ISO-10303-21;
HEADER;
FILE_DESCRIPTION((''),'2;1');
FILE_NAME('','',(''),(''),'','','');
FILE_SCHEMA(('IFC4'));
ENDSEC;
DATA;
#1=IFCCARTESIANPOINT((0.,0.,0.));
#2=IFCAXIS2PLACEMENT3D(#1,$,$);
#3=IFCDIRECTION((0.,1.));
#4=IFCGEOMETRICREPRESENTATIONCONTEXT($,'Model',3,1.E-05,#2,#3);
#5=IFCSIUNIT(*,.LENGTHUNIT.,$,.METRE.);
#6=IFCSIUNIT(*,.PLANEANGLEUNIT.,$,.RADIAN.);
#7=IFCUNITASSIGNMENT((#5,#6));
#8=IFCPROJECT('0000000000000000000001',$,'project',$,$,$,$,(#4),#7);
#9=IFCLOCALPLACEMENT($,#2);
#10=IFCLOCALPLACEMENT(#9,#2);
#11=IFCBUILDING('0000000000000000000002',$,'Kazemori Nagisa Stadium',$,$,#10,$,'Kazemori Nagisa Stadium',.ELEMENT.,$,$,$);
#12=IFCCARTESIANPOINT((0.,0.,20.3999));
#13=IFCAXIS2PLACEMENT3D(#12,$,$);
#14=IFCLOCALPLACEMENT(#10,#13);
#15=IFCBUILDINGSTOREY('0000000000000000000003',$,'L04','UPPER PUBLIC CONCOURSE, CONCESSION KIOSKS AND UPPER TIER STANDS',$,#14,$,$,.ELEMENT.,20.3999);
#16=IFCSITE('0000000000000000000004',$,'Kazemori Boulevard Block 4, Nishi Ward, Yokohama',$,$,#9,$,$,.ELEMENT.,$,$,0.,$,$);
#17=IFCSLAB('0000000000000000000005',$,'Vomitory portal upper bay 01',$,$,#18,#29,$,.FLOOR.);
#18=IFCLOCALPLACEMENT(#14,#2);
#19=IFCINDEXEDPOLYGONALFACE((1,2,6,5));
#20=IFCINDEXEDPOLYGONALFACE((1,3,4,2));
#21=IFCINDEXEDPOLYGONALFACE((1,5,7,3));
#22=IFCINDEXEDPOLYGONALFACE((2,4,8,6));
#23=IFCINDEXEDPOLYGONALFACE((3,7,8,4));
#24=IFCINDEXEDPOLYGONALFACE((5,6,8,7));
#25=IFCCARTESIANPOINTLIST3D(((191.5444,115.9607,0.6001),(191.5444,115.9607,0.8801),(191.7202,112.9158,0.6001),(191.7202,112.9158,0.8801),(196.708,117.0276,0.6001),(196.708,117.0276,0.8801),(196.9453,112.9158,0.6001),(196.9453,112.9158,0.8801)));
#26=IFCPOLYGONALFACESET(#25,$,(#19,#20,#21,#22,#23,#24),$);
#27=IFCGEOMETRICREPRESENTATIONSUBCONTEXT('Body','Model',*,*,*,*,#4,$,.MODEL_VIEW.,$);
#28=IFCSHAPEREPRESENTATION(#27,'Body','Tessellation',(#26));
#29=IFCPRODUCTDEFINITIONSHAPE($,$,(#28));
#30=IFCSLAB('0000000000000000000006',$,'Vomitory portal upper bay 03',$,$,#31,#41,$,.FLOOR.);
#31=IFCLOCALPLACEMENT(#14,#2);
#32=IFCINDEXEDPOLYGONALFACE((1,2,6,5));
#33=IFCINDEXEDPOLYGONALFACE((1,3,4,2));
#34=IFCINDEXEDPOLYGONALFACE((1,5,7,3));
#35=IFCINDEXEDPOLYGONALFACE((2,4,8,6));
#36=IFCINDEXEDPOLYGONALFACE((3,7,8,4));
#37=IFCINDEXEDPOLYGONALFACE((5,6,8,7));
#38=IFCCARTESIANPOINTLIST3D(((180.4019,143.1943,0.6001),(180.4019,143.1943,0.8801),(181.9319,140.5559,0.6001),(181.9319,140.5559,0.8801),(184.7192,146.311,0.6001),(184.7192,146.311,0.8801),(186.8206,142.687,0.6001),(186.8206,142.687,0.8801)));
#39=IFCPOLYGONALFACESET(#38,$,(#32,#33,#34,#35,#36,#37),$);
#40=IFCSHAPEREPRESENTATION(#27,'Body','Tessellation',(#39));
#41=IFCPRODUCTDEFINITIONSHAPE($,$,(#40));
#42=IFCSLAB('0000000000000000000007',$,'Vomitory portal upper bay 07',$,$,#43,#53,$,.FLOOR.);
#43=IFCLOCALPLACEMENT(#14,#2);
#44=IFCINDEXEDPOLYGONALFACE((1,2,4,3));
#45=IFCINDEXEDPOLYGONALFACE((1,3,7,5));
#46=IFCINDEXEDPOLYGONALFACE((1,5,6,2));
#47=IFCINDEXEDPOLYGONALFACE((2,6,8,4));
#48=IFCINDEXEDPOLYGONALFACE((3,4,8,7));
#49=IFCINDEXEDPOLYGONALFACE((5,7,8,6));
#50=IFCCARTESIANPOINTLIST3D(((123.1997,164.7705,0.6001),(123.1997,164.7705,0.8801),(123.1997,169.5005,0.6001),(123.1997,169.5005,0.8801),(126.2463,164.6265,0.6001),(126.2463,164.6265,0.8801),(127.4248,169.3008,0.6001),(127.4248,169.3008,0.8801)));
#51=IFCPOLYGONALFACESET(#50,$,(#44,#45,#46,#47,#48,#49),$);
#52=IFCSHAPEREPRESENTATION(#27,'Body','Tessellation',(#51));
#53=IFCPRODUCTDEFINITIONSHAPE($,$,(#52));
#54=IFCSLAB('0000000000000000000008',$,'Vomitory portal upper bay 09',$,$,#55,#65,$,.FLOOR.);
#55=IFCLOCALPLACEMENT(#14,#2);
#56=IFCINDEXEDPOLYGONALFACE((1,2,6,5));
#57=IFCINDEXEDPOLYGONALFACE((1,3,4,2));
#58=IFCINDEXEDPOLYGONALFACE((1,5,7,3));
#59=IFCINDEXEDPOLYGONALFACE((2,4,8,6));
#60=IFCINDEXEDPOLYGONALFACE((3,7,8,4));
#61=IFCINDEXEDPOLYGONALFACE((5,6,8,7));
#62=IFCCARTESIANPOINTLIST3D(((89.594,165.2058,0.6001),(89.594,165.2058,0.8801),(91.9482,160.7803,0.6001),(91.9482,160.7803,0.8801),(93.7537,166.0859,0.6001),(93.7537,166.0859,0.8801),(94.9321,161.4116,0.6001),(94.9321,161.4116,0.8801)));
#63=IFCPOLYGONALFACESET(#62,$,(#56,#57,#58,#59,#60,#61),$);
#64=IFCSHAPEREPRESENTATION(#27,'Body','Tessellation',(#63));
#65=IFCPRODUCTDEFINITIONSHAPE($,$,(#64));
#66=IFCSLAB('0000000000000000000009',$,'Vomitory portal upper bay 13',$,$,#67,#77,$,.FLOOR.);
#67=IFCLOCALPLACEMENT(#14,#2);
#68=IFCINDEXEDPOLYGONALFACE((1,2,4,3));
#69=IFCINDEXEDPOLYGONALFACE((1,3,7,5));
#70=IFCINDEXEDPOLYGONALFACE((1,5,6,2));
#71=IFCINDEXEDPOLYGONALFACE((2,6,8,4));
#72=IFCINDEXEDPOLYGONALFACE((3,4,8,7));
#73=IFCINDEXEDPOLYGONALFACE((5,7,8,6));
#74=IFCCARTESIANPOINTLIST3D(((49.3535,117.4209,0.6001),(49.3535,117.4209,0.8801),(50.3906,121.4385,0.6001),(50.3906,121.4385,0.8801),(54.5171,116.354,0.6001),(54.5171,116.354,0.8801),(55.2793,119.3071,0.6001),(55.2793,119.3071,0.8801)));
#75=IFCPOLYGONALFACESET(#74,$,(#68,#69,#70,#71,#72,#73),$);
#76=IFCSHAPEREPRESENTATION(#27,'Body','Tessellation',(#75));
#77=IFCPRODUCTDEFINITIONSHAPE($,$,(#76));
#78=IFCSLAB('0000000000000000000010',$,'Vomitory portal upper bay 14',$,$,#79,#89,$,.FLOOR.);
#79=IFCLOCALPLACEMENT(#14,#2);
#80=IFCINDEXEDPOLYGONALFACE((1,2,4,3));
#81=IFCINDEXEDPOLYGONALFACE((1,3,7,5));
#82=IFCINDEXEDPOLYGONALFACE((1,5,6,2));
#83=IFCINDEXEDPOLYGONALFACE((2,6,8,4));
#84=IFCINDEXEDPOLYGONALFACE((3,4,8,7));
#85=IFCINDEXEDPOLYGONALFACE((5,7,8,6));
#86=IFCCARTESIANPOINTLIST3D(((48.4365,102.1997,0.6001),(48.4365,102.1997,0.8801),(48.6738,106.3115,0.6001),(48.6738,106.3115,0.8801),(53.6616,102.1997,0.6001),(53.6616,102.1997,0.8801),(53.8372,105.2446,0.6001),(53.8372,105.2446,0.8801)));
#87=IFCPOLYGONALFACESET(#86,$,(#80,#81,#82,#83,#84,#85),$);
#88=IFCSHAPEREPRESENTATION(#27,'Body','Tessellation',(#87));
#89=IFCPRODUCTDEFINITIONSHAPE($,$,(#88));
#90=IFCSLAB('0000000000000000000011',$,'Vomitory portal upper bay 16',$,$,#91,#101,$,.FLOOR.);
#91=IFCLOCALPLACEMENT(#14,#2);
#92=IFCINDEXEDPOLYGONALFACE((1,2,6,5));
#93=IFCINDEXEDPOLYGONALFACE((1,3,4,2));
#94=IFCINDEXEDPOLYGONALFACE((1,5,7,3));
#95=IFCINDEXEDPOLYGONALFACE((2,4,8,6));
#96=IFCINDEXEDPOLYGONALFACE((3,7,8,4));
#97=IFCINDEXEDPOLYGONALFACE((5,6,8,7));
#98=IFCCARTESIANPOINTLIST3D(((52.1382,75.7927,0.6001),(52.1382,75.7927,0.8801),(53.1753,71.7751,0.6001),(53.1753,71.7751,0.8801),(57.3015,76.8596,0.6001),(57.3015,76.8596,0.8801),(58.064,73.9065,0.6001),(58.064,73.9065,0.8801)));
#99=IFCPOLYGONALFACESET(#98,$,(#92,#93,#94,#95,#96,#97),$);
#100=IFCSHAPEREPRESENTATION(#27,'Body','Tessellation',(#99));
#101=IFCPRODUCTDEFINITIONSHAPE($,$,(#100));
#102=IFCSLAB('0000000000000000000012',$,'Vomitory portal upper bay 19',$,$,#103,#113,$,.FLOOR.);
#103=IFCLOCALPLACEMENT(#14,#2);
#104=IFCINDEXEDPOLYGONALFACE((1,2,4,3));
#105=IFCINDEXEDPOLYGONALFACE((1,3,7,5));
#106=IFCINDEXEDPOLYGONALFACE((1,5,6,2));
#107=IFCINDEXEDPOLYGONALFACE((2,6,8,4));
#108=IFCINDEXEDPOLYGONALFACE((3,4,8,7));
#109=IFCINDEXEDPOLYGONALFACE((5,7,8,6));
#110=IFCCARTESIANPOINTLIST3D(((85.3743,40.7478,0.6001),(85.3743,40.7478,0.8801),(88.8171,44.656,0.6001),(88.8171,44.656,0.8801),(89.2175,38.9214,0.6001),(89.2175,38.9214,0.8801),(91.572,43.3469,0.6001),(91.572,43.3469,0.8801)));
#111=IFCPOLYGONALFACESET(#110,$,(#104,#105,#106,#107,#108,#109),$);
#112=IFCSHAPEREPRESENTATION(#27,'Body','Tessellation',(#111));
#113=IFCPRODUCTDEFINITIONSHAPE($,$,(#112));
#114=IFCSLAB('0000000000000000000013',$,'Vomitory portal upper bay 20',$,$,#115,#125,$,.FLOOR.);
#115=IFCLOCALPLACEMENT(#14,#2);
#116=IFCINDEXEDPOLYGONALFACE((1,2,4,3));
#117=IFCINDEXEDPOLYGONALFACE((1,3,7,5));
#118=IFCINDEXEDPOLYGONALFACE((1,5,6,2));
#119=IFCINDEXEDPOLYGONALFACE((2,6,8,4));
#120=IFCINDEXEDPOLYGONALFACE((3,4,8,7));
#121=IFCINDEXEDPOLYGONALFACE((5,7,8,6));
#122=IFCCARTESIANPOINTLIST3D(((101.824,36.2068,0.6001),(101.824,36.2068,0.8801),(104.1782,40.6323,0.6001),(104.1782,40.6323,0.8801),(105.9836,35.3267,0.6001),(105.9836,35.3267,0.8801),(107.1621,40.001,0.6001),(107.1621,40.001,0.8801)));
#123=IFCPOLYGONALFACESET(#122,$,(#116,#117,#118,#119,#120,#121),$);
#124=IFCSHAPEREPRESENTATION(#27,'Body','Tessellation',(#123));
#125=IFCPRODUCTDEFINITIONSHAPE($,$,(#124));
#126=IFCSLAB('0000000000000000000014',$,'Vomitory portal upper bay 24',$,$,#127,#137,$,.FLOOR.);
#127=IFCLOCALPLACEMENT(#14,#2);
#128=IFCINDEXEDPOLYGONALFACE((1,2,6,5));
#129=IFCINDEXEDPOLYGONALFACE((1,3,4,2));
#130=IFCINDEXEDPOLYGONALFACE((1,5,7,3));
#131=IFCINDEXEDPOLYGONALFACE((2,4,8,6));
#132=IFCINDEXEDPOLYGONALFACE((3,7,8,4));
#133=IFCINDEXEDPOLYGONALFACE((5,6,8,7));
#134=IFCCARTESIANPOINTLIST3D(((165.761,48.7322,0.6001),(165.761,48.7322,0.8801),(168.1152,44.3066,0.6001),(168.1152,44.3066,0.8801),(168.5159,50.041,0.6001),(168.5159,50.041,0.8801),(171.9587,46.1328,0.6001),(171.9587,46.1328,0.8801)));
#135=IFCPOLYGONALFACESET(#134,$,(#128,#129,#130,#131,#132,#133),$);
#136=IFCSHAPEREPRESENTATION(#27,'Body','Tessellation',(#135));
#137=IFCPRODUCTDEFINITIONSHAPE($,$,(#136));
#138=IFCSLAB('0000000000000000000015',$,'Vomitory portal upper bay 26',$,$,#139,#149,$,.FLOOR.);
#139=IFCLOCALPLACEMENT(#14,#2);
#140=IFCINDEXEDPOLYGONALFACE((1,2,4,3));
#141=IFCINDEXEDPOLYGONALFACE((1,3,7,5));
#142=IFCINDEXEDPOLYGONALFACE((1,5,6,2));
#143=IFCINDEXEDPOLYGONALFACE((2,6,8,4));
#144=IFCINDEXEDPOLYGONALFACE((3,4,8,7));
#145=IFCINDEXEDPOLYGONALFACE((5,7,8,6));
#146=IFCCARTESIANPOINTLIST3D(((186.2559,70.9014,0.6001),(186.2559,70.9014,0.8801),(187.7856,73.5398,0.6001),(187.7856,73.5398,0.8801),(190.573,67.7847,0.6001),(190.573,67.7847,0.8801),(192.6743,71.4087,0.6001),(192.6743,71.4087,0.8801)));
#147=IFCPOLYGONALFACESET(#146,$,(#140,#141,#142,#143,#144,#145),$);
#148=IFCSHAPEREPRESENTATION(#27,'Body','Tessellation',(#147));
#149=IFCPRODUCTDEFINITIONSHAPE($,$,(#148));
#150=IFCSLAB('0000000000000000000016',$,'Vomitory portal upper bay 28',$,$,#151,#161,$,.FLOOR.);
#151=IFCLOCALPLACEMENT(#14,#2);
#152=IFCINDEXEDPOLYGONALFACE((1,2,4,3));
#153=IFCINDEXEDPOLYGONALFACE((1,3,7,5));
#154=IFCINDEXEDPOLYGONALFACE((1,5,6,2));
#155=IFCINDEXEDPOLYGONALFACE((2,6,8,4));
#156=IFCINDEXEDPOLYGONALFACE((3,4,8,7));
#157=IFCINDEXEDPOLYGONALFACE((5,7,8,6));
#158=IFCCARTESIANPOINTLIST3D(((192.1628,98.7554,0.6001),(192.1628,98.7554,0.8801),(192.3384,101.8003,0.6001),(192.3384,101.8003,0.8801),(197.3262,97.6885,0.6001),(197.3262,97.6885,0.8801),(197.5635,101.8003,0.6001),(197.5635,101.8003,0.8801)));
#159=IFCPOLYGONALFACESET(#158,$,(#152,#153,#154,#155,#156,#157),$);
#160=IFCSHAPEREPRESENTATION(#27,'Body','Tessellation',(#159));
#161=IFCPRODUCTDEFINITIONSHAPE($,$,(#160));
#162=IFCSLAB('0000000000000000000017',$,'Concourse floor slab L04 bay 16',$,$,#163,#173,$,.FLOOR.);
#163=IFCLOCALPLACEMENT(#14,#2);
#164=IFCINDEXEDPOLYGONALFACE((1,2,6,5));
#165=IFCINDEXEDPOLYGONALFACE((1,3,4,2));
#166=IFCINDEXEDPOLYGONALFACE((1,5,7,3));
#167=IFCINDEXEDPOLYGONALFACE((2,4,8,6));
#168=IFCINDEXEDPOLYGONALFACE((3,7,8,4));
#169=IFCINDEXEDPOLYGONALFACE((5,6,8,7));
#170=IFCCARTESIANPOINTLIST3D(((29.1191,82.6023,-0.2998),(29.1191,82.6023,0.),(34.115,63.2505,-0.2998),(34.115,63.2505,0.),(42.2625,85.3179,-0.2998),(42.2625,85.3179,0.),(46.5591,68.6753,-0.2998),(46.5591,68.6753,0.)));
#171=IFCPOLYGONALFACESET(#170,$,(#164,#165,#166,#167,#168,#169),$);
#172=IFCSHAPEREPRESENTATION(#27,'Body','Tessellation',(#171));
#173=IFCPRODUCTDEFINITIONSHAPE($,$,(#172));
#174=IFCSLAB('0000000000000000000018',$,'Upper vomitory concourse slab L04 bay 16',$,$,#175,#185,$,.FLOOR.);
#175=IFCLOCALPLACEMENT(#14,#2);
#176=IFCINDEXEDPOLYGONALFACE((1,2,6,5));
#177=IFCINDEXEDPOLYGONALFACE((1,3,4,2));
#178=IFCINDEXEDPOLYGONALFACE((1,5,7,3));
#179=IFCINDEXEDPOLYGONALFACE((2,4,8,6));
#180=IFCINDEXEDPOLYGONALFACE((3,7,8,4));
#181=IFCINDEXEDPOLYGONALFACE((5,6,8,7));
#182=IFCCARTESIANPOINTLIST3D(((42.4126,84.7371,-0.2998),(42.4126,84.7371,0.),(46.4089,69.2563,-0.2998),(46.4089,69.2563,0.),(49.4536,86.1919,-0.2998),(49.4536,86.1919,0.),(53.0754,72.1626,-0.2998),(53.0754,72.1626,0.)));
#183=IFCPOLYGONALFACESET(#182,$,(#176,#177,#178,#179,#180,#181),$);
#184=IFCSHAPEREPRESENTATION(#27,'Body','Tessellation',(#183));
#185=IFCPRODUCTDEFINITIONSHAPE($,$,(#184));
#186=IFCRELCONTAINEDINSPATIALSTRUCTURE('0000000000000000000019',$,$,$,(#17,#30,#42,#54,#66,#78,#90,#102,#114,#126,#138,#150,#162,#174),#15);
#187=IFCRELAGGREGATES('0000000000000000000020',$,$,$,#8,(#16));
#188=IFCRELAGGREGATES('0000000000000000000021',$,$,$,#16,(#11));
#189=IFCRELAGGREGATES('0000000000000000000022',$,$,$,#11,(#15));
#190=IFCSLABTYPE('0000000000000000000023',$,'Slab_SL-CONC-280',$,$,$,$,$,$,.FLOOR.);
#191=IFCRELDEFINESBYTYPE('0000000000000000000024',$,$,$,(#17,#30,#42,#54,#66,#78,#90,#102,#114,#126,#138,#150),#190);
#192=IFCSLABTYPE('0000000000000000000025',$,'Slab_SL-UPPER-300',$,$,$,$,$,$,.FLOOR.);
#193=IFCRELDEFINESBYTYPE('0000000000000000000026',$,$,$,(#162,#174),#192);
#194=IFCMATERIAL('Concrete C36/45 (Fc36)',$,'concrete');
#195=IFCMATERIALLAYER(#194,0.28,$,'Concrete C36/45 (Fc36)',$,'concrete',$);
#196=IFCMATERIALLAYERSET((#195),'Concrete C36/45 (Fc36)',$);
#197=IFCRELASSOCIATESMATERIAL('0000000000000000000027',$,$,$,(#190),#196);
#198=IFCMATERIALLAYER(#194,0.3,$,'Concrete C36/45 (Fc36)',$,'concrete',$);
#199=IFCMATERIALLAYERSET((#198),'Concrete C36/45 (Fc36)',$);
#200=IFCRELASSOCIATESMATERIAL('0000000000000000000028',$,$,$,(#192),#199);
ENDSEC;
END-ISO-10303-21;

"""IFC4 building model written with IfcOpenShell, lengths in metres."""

from ifc_helpers import new_model, si_unit, direction, frame, origin, place, context, subcontext, project, spatial, polyline, outline, extrude, material, layer, layer_set, type_object, element, save


model = new_model("IFC4")

# Units and contexts
model_context = context("Model", 3, precision=1e-05, world=origin(), true_north=direction((0.0, 1.0)))
body_context = subcontext(model_context, "Body", "Model", "MODEL_VIEW")
ifc_project = project(units=[si_unit("LENGTHUNIT", "METRE"), si_unit("PLANEANGLEUNIT", "RADIAN")], contexts=[model_context])

# Site, building, storey
site_placement = place(None, origin())
site = spatial("IfcSite", under=ifc_project, at=site_placement, Name="Kazemori Boulevard Block 4, Nishi Ward, Yokohama", CompositionType="ELEMENT", RefElevation=0.0)
building_placement = place(site_placement, origin())
building = spatial("IfcBuilding", under=site, at=building_placement, Name="Kazemori Nagisa Stadium", LongName="Kazemori Nagisa Stadium", CompositionType="ELEMENT")
storey_placement = place(building_placement, frame((0.0, 0.0, 20.3999)))
storey = spatial("IfcBuildingStorey", under=building, at=storey_placement, Name="L04", Description="UPPER PUBLIC CONCOURSE, CONCESSION KIOSKS AND UPPER TIER STANDS", CompositionType="ELEMENT", Elevation=20.3999)

# Slabs
ifc_material = material(Name="Concrete C36/45 (Fc36)", Category="concrete")
ifc_layer_1 = layer(ifc_material, 0.28, Name="Concrete C36/45 (Fc36)", Category="concrete")
ifc_layer_set_1 = layer_set([ifc_layer_1], Name="Concrete C36/45 (Fc36)")
slab_type_1 = type_object("IfcSlabType", Name="Slab_SL-CONC-280", PredefinedType="FLOOR", material=ifc_layer_set_1)
slab_1_placement = place(storey_placement, frame((0.0, 0.0, 0.6001)))
element("IfcSlab", 1, at=slab_1_placement, inside=storey, type_object=slab_type_1, Name="Vomitory portal upper bay 01", PredefinedType="FLOOR", context=body_context, shape_type="SweptSolid", body=[
    extrude(outline(polyline([(191.7202, 112.9158), (191.5444, 115.9607), (196.708, 117.0276), (196.9453, 112.9158), (191.7202, 112.9158)])), origin(), (0.0, 0.0, 1.0), 0.28),
])
slab_2_placement = place(storey_placement, frame((0.0, 0.0, 0.6001)))
element("IfcSlab", 2, at=slab_2_placement, inside=storey, type_object=slab_type_1, Name="Vomitory portal upper bay 03", PredefinedType="FLOOR", context=body_context, shape_type="SweptSolid", body=[
    extrude(outline(polyline([(181.9319, 140.5559), (180.4019, 143.1943), (184.7192, 146.311), (186.8206, 142.687), (181.9319, 140.5559)])), origin(), (0.0, 0.0, 1.0), 0.28),
])
slab_3_placement = place(storey_placement, frame((0.0, 0.0, 0.6001)))
element("IfcSlab", 3, at=slab_3_placement, inside=storey, type_object=slab_type_1, Name="Vomitory portal upper bay 07", PredefinedType="FLOOR", context=body_context, shape_type="SweptSolid", body=[
    extrude(outline(polyline([(126.2463, 164.6265), (123.1997, 164.7705), (123.1997, 169.5005), (127.4248, 169.3008), (126.2463, 164.6265)])), origin(), (0.0, 0.0, 1.0), 0.28),
])
slab_4_placement = place(storey_placement, frame((0.0, 0.0, 0.6001)))
element("IfcSlab", 4, at=slab_4_placement, inside=storey, type_object=slab_type_1, Name="Vomitory portal upper bay 09", PredefinedType="FLOOR", context=body_context, shape_type="SweptSolid", body=[
    extrude(outline(polyline([(94.9321, 161.4116), (91.9482, 160.7803), (89.594, 165.2058), (93.7537, 166.0859), (94.9321, 161.4116)])), origin(), (0.0, 0.0, 1.0), 0.28),
])
slab_5_placement = place(storey_placement, frame((0.0, 0.0, 0.6001)))
element("IfcSlab", 5, at=slab_5_placement, inside=storey, type_object=slab_type_1, Name="Vomitory portal upper bay 13", PredefinedType="FLOOR", context=body_context, shape_type="SweptSolid", body=[
    extrude(outline(polyline([(55.2793, 119.3071), (54.5171, 116.354), (49.3535, 117.4209), (50.3906, 121.4385), (55.2793, 119.3071)])), origin(), (0.0, 0.0, 1.0), 0.28),
])
slab_6_placement = place(storey_placement, frame((0.0, 0.0, 0.6001)))
element("IfcSlab", 6, at=slab_6_placement, inside=storey, type_object=slab_type_1, Name="Vomitory portal upper bay 14", PredefinedType="FLOOR", context=body_context, shape_type="SweptSolid", body=[
    extrude(outline(polyline([(53.8372, 105.2446), (53.6616, 102.1997), (48.4365, 102.1997), (48.6738, 106.3115), (53.8372, 105.2446)])), origin(), (0.0, 0.0, 1.0), 0.28),
])
slab_7_placement = place(storey_placement, frame((0.0, 0.0, 0.6001)))
element("IfcSlab", 7, at=slab_7_placement, inside=storey, type_object=slab_type_1, Name="Vomitory portal upper bay 16", PredefinedType="FLOOR", context=body_context, shape_type="SweptSolid", body=[
    extrude(outline(polyline([(57.3015, 76.8596), (58.064, 73.9065), (53.1753, 71.7751), (52.1382, 75.7927), (57.3015, 76.8596)])), origin(), (0.0, 0.0, 1.0), 0.28),
])
slab_8_placement = place(storey_placement, frame((0.0, 0.0, 0.6001)))
element("IfcSlab", 8, at=slab_8_placement, inside=storey, type_object=slab_type_1, Name="Vomitory portal upper bay 19", PredefinedType="FLOOR", context=body_context, shape_type="SweptSolid", body=[
    extrude(outline(polyline([(88.8171, 44.656), (91.572, 43.3469), (89.2175, 38.9214), (85.3743, 40.7478), (88.8171, 44.656)])), origin(), (0.0, 0.0, 1.0), 0.28),
])
slab_9_placement = place(storey_placement, frame((0.0, 0.0, 0.6001)))
element("IfcSlab", 9, at=slab_9_placement, inside=storey, type_object=slab_type_1, Name="Vomitory portal upper bay 20", PredefinedType="FLOOR", context=body_context, shape_type="SweptSolid", body=[
    extrude(outline(polyline([(104.1782, 40.6323), (107.1621, 40.001), (105.9836, 35.3267), (101.824, 36.2068), (104.1782, 40.6323)])), origin(), (0.0, 0.0, 1.0), 0.28),
])
slab_10_placement = place(storey_placement, frame((0.0, 0.0, 0.6001)))
element("IfcSlab", 10, at=slab_10_placement, inside=storey, type_object=slab_type_1, Name="Vomitory portal upper bay 24", PredefinedType="FLOOR", context=body_context, shape_type="SweptSolid", body=[
    extrude(outline(polyline([(165.761, 48.7322), (168.5159, 50.041), (171.9587, 46.1328), (168.1152, 44.3066), (165.761, 48.7322)])), origin(), (0.0, 0.0, 1.0), 0.28),
])
slab_11_placement = place(storey_placement, frame((0.0, 0.0, 0.6001)))
element("IfcSlab", 11, at=slab_11_placement, inside=storey, type_object=slab_type_1, Name="Vomitory portal upper bay 26", PredefinedType="FLOOR", context=body_context, shape_type="SweptSolid", body=[
    extrude(outline(polyline([(186.2559, 70.9014), (187.7856, 73.5398), (192.6743, 71.4087), (190.573, 67.7847), (186.2559, 70.9014)])), origin(), (0.0, 0.0, 1.0), 0.28),
])
slab_12_placement = place(storey_placement, frame((0.0, 0.0, 0.6001)))
element("IfcSlab", 12, at=slab_12_placement, inside=storey, type_object=slab_type_1, Name="Vomitory portal upper bay 28", PredefinedType="FLOOR", context=body_context, shape_type="SweptSolid", body=[
    extrude(outline(polyline([(192.1628, 98.7554), (192.3384, 101.8003), (197.5635, 101.8003), (197.3262, 97.6885), (192.1628, 98.7554)])), origin(), (0.0, 0.0, 1.0), 0.28),
])
ifc_layer_2 = layer(ifc_material, 0.3, Name="Concrete C36/45 (Fc36)", Category="concrete")
ifc_layer_set_2 = layer_set([ifc_layer_2], Name="Concrete C36/45 (Fc36)")
slab_type_2 = type_object("IfcSlabType", Name="Slab_SL-UPPER-300", PredefinedType="FLOOR", material=ifc_layer_set_2)
slab_13_placement = place(storey_placement, frame((0.0, 0.0, -0.2998)))
element("IfcSlab", 13, at=slab_13_placement, inside=storey, type_object=slab_type_2, Name="Concourse floor slab L04 bay 16", PredefinedType="FLOOR", context=body_context, shape_type="SweptSolid", body=[
    extrude(outline(polyline([(42.2625, 85.3179), (46.5591, 68.6753), (34.115, 63.2505), (29.1191, 82.6023), (42.2625, 85.3179)])), origin(), (0.0, 0.0, 1.0), 0.2998),
])
slab_14_placement = place(storey_placement, frame((0.0, 0.0, -0.2998)))
element("IfcSlab", 14, at=slab_14_placement, inside=storey, type_object=slab_type_2, Name="Upper vomitory concourse slab L04 bay 16", PredefinedType="FLOOR", context=body_context, shape_type="SweptSolid", body=[
    extrude(outline(polyline([(49.4536, 86.1919), (53.0754, 72.1626), (46.4089, 69.2563), (42.4126, 84.7371), (49.4536, 86.1919)])), origin(), (0.0, 0.0, 1.0), 0.2998),
])

save(model, "model.ifc")
